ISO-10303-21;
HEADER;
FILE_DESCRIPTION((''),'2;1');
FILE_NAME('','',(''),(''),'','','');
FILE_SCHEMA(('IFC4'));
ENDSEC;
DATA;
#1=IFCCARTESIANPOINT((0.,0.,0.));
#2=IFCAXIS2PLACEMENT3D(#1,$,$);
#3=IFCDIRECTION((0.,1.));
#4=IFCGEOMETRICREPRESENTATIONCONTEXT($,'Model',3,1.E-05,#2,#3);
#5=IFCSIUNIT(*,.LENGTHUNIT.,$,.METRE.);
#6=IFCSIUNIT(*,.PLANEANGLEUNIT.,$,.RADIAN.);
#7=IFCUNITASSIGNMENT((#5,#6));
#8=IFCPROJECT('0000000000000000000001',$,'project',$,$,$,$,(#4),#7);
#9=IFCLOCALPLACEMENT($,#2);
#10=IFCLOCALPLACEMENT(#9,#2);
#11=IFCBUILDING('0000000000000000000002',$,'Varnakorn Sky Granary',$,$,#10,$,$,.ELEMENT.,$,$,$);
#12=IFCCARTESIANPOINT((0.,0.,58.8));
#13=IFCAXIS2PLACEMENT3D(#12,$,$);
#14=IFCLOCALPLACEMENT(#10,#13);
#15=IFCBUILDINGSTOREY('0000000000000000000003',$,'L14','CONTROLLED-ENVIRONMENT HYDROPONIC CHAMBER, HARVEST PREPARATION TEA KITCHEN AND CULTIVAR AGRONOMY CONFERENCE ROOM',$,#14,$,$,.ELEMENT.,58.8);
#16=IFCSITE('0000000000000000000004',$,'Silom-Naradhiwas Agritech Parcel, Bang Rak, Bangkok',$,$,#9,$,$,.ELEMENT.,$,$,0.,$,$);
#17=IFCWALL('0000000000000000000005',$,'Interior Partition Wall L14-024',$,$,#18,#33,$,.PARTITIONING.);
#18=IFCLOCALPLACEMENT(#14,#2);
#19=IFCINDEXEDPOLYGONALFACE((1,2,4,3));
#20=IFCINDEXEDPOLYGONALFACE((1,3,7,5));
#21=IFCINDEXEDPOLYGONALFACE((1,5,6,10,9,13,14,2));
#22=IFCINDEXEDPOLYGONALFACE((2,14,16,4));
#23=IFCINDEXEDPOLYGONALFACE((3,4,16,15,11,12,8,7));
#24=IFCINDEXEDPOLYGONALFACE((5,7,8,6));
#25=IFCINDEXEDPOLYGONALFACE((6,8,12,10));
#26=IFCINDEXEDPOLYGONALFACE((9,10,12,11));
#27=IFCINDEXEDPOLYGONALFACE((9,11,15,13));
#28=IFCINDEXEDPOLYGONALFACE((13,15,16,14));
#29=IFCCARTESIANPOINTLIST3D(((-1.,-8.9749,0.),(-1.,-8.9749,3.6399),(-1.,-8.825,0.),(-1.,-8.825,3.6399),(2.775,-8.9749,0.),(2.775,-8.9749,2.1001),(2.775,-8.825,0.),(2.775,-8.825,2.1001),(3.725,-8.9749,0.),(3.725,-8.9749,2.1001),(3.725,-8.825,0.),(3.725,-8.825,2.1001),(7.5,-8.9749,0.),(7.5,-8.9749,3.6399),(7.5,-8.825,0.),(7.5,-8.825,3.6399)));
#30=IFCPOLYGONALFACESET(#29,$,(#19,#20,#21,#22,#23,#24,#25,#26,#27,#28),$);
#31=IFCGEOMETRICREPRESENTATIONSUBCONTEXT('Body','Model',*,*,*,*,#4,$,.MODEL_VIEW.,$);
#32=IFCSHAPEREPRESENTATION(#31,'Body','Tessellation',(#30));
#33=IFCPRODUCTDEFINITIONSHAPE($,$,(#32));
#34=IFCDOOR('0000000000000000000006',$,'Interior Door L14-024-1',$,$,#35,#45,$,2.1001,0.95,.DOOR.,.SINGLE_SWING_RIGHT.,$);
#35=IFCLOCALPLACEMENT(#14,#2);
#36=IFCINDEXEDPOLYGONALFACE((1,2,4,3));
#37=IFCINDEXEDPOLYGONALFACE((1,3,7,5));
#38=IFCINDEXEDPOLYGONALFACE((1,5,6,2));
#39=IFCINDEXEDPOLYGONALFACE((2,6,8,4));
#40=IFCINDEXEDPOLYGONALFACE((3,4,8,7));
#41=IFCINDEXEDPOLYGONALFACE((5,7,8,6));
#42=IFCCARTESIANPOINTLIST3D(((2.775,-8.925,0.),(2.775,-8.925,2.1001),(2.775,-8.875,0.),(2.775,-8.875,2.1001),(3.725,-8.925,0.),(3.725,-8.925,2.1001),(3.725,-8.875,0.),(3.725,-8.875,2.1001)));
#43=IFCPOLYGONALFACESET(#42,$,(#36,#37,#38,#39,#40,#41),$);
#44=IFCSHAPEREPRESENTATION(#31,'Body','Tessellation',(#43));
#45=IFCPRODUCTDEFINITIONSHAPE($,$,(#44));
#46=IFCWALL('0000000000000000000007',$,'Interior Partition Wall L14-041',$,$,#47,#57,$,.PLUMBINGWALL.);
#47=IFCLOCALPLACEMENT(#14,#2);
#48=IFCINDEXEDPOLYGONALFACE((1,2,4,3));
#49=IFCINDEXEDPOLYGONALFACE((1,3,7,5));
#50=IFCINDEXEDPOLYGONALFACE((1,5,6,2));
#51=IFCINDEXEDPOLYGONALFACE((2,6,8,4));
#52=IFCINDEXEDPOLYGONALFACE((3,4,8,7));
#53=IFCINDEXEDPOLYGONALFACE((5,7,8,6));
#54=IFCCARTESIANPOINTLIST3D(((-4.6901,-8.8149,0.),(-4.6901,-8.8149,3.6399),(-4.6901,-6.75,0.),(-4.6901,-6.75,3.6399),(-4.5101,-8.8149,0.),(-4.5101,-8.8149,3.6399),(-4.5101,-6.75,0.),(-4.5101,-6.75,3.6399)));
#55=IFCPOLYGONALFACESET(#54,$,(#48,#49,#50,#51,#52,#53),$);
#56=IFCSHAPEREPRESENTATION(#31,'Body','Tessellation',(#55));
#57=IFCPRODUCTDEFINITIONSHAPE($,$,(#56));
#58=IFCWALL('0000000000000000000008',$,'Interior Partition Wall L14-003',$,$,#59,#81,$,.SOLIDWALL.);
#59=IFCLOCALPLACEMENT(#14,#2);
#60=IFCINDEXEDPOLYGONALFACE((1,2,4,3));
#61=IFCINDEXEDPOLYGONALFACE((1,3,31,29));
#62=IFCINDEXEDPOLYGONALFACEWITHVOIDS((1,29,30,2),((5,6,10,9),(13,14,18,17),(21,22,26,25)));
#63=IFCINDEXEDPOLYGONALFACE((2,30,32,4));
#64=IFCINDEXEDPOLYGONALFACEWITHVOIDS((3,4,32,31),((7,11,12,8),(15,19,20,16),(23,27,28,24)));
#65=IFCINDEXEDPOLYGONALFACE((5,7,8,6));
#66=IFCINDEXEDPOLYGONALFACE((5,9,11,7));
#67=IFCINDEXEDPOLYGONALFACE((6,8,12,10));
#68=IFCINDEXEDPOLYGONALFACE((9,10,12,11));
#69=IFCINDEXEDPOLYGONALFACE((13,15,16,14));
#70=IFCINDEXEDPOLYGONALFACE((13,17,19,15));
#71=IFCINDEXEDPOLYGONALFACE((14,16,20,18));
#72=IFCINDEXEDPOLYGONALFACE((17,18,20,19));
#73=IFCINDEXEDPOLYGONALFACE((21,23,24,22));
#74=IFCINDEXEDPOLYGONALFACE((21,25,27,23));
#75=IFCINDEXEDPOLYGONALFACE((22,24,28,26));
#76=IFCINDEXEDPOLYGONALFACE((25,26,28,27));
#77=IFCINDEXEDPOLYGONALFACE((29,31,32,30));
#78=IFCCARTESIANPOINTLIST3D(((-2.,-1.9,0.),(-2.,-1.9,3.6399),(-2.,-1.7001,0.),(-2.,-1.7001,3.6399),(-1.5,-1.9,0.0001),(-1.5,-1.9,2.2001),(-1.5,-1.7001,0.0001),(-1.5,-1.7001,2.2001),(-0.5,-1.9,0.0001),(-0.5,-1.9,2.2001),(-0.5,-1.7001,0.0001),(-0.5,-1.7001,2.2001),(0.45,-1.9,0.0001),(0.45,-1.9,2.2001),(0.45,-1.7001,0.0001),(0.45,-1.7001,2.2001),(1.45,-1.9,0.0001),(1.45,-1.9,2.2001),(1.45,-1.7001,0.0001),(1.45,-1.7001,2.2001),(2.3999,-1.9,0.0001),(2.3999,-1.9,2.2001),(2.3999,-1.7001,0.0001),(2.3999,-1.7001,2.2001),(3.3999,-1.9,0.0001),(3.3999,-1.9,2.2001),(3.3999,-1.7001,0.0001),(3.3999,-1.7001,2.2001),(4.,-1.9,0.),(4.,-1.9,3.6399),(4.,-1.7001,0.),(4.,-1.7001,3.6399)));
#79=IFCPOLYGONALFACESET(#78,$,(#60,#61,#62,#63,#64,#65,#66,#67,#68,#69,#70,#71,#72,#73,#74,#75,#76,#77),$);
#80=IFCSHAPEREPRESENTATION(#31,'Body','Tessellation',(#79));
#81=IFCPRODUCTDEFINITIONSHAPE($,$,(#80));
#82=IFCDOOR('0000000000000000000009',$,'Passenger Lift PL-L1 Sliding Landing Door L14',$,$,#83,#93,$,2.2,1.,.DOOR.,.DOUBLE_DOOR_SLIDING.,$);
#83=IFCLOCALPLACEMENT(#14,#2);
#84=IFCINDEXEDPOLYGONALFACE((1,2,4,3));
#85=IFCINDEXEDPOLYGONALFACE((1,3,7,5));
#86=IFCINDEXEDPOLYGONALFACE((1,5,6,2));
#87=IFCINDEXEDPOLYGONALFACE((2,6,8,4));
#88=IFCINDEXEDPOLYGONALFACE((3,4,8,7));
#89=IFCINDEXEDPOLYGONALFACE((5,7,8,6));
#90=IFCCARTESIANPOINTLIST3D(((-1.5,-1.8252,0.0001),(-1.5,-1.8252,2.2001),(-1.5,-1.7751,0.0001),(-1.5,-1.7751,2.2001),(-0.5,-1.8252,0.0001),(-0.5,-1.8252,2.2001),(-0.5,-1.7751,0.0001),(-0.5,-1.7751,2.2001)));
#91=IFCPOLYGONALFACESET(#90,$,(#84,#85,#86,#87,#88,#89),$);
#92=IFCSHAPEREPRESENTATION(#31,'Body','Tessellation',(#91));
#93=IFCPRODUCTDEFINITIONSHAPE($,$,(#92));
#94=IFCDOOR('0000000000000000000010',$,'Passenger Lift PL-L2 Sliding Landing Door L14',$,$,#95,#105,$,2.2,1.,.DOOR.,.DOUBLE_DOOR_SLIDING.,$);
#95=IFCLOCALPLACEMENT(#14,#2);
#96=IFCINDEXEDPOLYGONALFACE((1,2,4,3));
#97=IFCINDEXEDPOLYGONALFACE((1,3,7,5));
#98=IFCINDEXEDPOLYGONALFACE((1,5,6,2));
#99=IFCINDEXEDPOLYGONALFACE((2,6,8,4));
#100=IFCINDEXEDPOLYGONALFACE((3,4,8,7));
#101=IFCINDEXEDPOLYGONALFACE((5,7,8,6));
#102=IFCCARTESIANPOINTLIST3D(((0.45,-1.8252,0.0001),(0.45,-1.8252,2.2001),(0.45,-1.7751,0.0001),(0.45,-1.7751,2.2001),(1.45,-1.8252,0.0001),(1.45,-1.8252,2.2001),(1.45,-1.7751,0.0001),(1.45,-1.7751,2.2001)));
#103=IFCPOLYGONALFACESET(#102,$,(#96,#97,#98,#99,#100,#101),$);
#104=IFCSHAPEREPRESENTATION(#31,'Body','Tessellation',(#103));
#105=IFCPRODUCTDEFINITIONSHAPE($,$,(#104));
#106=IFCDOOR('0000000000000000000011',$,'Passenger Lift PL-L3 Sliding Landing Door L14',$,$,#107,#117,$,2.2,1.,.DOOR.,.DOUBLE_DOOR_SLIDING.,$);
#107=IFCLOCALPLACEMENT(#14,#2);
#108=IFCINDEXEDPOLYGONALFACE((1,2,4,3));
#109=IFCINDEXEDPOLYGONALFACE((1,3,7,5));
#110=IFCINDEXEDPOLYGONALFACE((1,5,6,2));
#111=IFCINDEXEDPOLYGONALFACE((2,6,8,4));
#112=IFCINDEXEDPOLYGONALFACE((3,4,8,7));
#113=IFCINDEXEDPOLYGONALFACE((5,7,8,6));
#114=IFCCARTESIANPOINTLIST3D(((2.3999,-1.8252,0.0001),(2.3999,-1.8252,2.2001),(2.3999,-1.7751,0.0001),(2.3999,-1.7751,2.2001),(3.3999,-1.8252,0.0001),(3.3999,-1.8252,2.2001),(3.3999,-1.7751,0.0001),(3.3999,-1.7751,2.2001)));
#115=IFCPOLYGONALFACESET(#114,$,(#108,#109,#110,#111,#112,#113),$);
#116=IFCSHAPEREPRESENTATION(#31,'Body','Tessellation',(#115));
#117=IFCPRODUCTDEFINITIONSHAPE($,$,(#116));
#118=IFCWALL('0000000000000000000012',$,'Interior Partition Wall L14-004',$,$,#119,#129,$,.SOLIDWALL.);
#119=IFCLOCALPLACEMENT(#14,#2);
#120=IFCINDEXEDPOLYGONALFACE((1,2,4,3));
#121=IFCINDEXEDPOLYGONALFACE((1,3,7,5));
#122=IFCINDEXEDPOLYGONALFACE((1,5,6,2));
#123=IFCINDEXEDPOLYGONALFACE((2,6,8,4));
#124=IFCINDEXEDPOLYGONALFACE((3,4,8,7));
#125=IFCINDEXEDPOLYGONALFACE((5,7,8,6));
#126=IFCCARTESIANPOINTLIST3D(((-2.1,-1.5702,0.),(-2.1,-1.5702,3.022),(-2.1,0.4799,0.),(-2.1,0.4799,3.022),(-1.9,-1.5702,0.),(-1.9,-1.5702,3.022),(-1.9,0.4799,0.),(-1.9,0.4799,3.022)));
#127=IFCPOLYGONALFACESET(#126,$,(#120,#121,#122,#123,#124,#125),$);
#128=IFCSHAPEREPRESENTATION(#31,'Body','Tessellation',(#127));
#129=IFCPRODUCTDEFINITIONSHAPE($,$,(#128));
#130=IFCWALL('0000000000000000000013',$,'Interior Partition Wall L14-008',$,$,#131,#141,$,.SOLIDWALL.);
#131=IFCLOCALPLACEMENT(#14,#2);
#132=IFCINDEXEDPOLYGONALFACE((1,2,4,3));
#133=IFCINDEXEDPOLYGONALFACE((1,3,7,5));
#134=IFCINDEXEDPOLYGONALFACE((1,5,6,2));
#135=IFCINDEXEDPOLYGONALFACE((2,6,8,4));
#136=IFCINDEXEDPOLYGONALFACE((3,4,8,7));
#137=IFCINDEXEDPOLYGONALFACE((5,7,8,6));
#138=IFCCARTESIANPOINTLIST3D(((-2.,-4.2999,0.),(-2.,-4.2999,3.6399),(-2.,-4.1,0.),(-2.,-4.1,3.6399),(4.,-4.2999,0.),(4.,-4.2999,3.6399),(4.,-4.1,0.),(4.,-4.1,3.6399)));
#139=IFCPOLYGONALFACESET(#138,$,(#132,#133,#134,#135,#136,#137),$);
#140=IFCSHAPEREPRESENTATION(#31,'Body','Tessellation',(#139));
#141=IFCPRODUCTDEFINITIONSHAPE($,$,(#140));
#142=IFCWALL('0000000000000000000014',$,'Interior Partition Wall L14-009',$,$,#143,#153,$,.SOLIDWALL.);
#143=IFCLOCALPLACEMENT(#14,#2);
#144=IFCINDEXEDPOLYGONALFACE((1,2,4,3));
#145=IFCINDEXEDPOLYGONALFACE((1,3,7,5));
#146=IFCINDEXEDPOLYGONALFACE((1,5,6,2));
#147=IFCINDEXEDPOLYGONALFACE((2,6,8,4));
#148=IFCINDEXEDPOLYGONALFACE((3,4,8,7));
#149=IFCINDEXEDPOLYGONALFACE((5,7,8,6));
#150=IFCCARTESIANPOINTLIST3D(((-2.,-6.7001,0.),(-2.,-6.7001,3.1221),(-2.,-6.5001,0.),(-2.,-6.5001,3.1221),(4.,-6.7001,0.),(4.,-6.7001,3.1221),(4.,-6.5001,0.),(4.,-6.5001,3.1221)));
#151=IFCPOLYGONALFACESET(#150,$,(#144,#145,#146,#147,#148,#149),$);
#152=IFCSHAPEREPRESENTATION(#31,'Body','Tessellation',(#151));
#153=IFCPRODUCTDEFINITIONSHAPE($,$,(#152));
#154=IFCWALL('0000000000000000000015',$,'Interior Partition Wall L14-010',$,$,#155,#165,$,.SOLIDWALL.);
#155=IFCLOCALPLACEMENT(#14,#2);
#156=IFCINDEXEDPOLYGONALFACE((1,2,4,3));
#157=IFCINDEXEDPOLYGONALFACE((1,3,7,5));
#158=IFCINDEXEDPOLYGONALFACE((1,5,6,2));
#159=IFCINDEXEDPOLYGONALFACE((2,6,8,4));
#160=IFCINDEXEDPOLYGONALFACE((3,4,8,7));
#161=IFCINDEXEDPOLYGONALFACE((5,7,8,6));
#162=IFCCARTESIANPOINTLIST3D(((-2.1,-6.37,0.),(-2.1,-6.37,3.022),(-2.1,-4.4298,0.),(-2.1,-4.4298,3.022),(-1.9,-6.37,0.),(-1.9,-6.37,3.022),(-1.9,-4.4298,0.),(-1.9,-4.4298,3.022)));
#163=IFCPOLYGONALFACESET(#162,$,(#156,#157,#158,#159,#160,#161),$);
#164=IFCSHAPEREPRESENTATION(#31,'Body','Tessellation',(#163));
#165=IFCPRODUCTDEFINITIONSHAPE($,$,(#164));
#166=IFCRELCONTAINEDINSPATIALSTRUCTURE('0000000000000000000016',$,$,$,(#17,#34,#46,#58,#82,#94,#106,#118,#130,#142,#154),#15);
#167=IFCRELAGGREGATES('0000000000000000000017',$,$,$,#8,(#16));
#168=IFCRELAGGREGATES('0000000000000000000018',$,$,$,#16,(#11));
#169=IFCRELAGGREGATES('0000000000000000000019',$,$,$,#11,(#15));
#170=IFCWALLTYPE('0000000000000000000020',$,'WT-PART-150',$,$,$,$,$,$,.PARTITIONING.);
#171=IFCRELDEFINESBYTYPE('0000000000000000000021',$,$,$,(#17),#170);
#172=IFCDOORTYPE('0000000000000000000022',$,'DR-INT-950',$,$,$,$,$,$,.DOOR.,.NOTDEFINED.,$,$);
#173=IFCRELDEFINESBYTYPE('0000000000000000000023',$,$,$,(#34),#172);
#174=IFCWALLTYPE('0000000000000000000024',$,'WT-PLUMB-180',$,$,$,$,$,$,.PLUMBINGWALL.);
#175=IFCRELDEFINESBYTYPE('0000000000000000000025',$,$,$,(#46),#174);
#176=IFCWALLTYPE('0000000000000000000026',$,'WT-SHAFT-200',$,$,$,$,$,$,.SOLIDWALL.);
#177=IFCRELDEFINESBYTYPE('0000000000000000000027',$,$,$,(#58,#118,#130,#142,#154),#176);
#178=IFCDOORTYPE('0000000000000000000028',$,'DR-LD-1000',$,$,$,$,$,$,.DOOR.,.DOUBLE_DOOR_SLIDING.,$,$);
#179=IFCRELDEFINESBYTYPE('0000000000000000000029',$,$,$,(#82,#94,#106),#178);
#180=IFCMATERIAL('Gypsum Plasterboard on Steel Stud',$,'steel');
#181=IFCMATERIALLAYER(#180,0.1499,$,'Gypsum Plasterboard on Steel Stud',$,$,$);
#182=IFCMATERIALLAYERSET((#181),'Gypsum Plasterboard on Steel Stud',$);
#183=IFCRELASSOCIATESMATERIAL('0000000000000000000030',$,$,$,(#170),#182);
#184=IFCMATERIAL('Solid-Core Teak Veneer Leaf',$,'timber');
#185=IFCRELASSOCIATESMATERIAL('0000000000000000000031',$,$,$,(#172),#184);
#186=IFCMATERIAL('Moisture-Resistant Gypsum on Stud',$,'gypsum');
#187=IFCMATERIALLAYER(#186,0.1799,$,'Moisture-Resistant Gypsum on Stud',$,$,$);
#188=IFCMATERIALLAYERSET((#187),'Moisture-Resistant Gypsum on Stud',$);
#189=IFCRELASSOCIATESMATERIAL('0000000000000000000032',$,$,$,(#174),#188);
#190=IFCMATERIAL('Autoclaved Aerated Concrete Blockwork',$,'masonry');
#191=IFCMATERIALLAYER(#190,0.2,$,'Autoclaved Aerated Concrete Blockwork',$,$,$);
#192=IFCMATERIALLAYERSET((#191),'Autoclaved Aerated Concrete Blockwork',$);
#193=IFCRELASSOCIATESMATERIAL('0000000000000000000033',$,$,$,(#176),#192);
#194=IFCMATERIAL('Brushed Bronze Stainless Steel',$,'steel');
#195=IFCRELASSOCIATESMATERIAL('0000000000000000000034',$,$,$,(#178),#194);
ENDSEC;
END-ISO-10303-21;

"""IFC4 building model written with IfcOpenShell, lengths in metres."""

from ifc_helpers import new_model, si_unit, direction, frame, frame_2d, origin, place, context, subcontext, project, spatial, rectangle, extrude, material, layer, layer_set, type_object, element, fill, save


model = new_model("IFC4")

# Units and contexts
model_context = context("Model", 3, precision=1e-05, world=origin(), true_north=direction((0.0, 1.0)))
body_context = subcontext(model_context, "Body", "Model", "MODEL_VIEW")
ifc_project = project(units=[si_unit("LENGTHUNIT", "METRE"), si_unit("PLANEANGLEUNIT", "RADIAN")], contexts=[model_context])

# Site, building, storey
site_placement = place(None, origin())
site = spatial("IfcSite", under=ifc_project, at=site_placement, Name="Silom-Naradhiwas Agritech Parcel, Bang Rak, Bangkok", CompositionType="ELEMENT", RefElevation=0.0)
building_placement = place(site_placement, origin())
building = spatial("IfcBuilding", under=site, at=building_placement, Name="Varnakorn Sky Granary", CompositionType="ELEMENT")
storey_placement = place(building_placement, frame((0.0, 0.0, 58.8)))
storey = spatial("IfcBuildingStorey", under=building, at=storey_placement, Name="L14", Description="CONTROLLED-ENVIRONMENT HYDROPONIC CHAMBER, HARVEST PREPARATION TEA KITCHEN AND CULTIVAR AGRONOMY CONFERENCE ROOM", CompositionType="ELEMENT", Elevation=58.8)

# Wall, opening, door
ifc_material_1 = material(Name="Autoclaved Aerated Concrete Blockwork", Category="masonry")
ifc_material_2 = material(Name="Gypsum Plasterboard on Steel Stud", Category="steel")
ifc_layer_1 = layer(ifc_material_2, 0.1499, Name="Gypsum Plasterboard on Steel Stud")
ifc_layer_set_1 = layer_set([ifc_layer_1], Name="Gypsum Plasterboard on Steel Stud")
wall_type_1 = type_object("IfcWallType", Name="WT-PART-150", PredefinedType="PARTITIONING", material=ifc_layer_set_1)
wall_1_placement = place(storey_placement, frame((-1.0, -8.8999, 0.0), z_axis=(0.0, 0.0, 1.0), x_axis=(1.0, 0.0, 0.0)))
wall_1 = element("IfcWall", 1, at=wall_1_placement, inside=storey, type_object=wall_type_1, Name="Interior Partition Wall L14-024", PredefinedType="PARTITIONING", context=body_context, shape_type="SweptSolid", body=[
    extrude(rectangle(XDim=8.5, YDim=0.1499, at=frame_2d((4.25, 0.0))), origin(), (0.0, 0.0, 1.0), 3.6399),
])
opening_1_placement = place(wall_1_placement, frame((3.7749, 0.0, 0.0)))
opening_1 = element("IfcOpeningElement", 2, at=opening_1_placement, cuts=wall_1, PredefinedType="OPENING", context=body_context, shape_type="SweptSolid", body=[
    extrude(rectangle(XDim=0.95, YDim=2.1001, at=frame_2d((0.4751, 1.05))), frame((0.0, 0.085, 0.0), z_axis=(0.0, -1.0, 0.0), x_axis=(1.0, 0.0, 0.0)), (0.0, 0.0, 1.0), 0.1699),
])
ifc_material_3 = material(Name="Solid-Core Teak Veneer Leaf", Category="timber")
door_type_1 = type_object("IfcDoorType", Name="DR-INT-950", OperationType="NOTDEFINED", PredefinedType="DOOR", material=ifc_material_3)
door_1_placement = place(opening_1_placement, origin())
door_1 = element("IfcDoor", 3, at=door_1_placement, inside=storey, type_object=door_type_1, Name="Interior Door L14-024-1", OperationType="SINGLE_SWING_RIGHT", OverallHeight=2.1001, OverallWidth=0.95, PredefinedType="DOOR", context=body_context, shape_type="SweptSolid", body=[
    extrude(rectangle(XDim=0.95, YDim=2.1001, at=frame_2d((0.4751, 1.05))), frame((0.0, 0.0249, 0.0), z_axis=(0.0, -1.0, 0.0), x_axis=(1.0, 0.0, 0.0)), (0.0, 0.0, 1.0), 0.05),
])
fill(opening_1, door_1)

# Wall
ifc_material_4 = material(Name="Moisture-Resistant Gypsum on Stud", Category="gypsum")
ifc_layer_2 = layer(ifc_material_4, 0.1799, Name="Moisture-Resistant Gypsum on Stud")
ifc_layer_set_2 = layer_set([ifc_layer_2], Name="Moisture-Resistant Gypsum on Stud")
wall_type_2 = type_object("IfcWallType", Name="WT-PLUMB-180", PredefinedType="PLUMBINGWALL", material=ifc_layer_set_2)
wall_2_placement = place(storey_placement, frame((-4.6001, -6.75, 0.0), z_axis=(0.0, 0.0, 1.0), x_axis=(0.0, -1.0, 0.0)))
element("IfcWall", 4, at=wall_2_placement, inside=storey, type_object=wall_type_2, Name="Interior Partition Wall L14-041", PredefinedType="PLUMBINGWALL", context=body_context, shape_type="SweptSolid", body=[
    extrude(rectangle(XDim=2.0649, YDim=0.1799, at=frame_2d((1.0325, 0.0))), origin(), (0.0, 0.0, 1.0), 3.6399),
])

# Wall, openings, doors
ifc_layer_3 = layer(ifc_material_1, 0.2, Name="Autoclaved Aerated Concrete Blockwork")
ifc_layer_set_3 = layer_set([ifc_layer_3], Name="Autoclaved Aerated Concrete Blockwork")
wall_type_3 = type_object("IfcWallType", Name="WT-SHAFT-200", PredefinedType="SOLIDWALL", material=ifc_layer_set_3)
wall_3_placement = place(storey_placement, frame((-2.0, -1.8, 0.0), z_axis=(0.0, 0.0, 1.0), x_axis=(1.0, 0.0, 0.0)))
wall_3 = element("IfcWall", 5, at=wall_3_placement, inside=storey, type_object=wall_type_3, Name="Interior Partition Wall L14-003", PredefinedType="SOLIDWALL", context=body_context, shape_type="SweptSolid", body=[
    extrude(rectangle(XDim=6.0, YDim=0.2, at=frame_2d((3.0, 0.0))), origin(), (0.0, 0.0, 1.0), 3.6399),
])
opening_2_placement = place(wall_3_placement, frame((0.5, 0.0, 0.0)))
opening_2 = element("IfcOpeningElement", 6, at=opening_2_placement, cuts=wall_3, PredefinedType="OPENING", context=body_context, shape_type="SweptSolid", body=[
    extrude(rectangle(XDim=1.0, YDim=2.2, at=frame_2d((0.5, 1.1001))), frame((0.0, 0.1099, 0.0), z_axis=(0.0, -1.0, 0.0), x_axis=(1.0, 0.0, 0.0)), (0.0, 0.0, 1.0), 0.22),
])
opening_3_placement = place(wall_3_placement, frame((2.45, 0.0, 0.0)))
opening_3 = element("IfcOpeningElement", 7, at=opening_3_placement, cuts=wall_3, PredefinedType="OPENING", context=body_context, shape_type="SweptSolid", body=[
    extrude(rectangle(XDim=1.0, YDim=2.2, at=frame_2d((0.5, 1.1001))), frame((0.0, 0.1099, 0.0), z_axis=(0.0, -1.0, 0.0), x_axis=(1.0, 0.0, 0.0)), (0.0, 0.0, 1.0), 0.22),
])
opening_4_placement = place(wall_3_placement, frame((4.3999, 0.0, 0.0)))
opening_4 = element("IfcOpeningElement", 8, at=opening_4_placement, cuts=wall_3, PredefinedType="OPENING", context=body_context, shape_type="SweptSolid", body=[
    extrude(rectangle(XDim=1.0, YDim=2.2, at=frame_2d((0.5, 1.1001))), frame((0.0, 0.1099, 0.0), z_axis=(0.0, -1.0, 0.0), x_axis=(1.0, 0.0, 0.0)), (0.0, 0.0, 1.0), 0.22),
])
ifc_material_5 = material(Name="Brushed Bronze Stainless Steel", Category="steel")
door_type_2 = type_object("IfcDoorType", Name="DR-LD-1000", OperationType="DOUBLE_DOOR_SLIDING", PredefinedType="DOOR", material=ifc_material_5)
door_2_placement = place(opening_2_placement, origin())
door_2 = element("IfcDoor", 9, at=door_2_placement, inside=storey, type_object=door_type_2, Name="Passenger Lift PL-L1 Sliding Landing Door L14", OperationType="DOUBLE_DOOR_SLIDING", OverallHeight=2.2, OverallWidth=1.0, PredefinedType="DOOR", context=body_context, shape_type="SweptSolid", body=[
    extrude(rectangle(XDim=1.0, YDim=2.2, at=frame_2d((0.5, 1.1001))), frame((0.0, 0.0249, 0.0), z_axis=(0.0, -1.0, 0.0), x_axis=(1.0, 0.0, 0.0)), (0.0, 0.0, 1.0), 0.05),
])
fill(opening_2, door_2)
door_3_placement = place(opening_3_placement, origin())
door_3 = element("IfcDoor", 10, at=door_3_placement, inside=storey, type_object=door_type_2, Name="Passenger Lift PL-L2 Sliding Landing Door L14", OperationType="DOUBLE_DOOR_SLIDING", OverallHeight=2.2, OverallWidth=1.0, PredefinedType="DOOR", context=body_context, shape_type="SweptSolid", body=[
    extrude(rectangle(XDim=1.0, YDim=2.2, at=frame_2d((0.5, 1.1001))), frame((0.0, 0.0249, 0.0), z_axis=(0.0, -1.0, 0.0), x_axis=(1.0, 0.0, 0.0)), (0.0, 0.0, 1.0), 0.05),
])
fill(opening_3, door_3)
door_4_placement = place(opening_4_placement, origin())
door_4 = element("IfcDoor", 11, at=door_4_placement, inside=storey, type_object=door_type_2, Name="Passenger Lift PL-L3 Sliding Landing Door L14", OperationType="DOUBLE_DOOR_SLIDING", OverallHeight=2.2, OverallWidth=1.0, PredefinedType="DOOR", context=body_context, shape_type="SweptSolid", body=[
    extrude(rectangle(XDim=1.0, YDim=2.2, at=frame_2d((0.5, 1.1001))), frame((0.0, 0.0249, 0.0), z_axis=(0.0, -1.0, 0.0), x_axis=(1.0, 0.0, 0.0)), (0.0, 0.0, 1.0), 0.05),
])
fill(opening_4, door_4)

# Walls
wall_4_placement = place(storey_placement, frame((-2.0, -1.5701, 0.0), z_axis=(0.0, 0.0, 1.0), x_axis=(0.0, 1.0, 0.0)))
element("IfcWall", 12, at=wall_4_placement, inside=storey, type_object=wall_type_3, Name="Interior Partition Wall L14-004", PredefinedType="SOLIDWALL", context=body_context, shape_type="SweptSolid", body=[
    extrude(rectangle(XDim=2.05, YDim=0.2, at=frame_2d((1.0249, 0.0))), origin(), (0.0, 0.0, 1.0), 3.022),
])
wall_5_placement = place(storey_placement, frame((-2.0, -4.2, 0.0), z_axis=(0.0, 0.0, 1.0), x_axis=(1.0, 0.0, 0.0)))
element("IfcWall", 13, at=wall_5_placement, inside=storey, type_object=wall_type_3, Name="Interior Partition Wall L14-008", PredefinedType="SOLIDWALL", context=body_context, shape_type="SweptSolid", body=[
    extrude(rectangle(XDim=6.0, YDim=0.2, at=frame_2d((3.0, 0.0))), origin(), (0.0, 0.0, 1.0), 3.6399),
])
wall_6_placement = place(storey_placement, frame((-2.0, -6.6001, 0.0), z_axis=(0.0, 0.0, 1.0), x_axis=(1.0, 0.0, 0.0)))
element("IfcWall", 14, at=wall_6_placement, inside=storey, type_object=wall_type_3, Name="Interior Partition Wall L14-009", PredefinedType="SOLIDWALL", context=body_context, shape_type="SweptSolid", body=[
    extrude(rectangle(XDim=6.0, YDim=0.2, at=frame_2d((3.0, 0.0))), origin(), (0.0, 0.0, 1.0), 3.1221),
])
wall_7_placement = place(storey_placement, frame((-2.0, -6.3701, 0.0), z_axis=(0.0, 0.0, 1.0), x_axis=(0.0, 1.0, 0.0)))
element("IfcWall", 15, at=wall_7_placement, inside=storey, type_object=wall_type_3, Name="Interior Partition Wall L14-010", PredefinedType="SOLIDWALL", context=body_context, shape_type="SweptSolid", body=[
    extrude(rectangle(XDim=1.9402, YDim=0.2, at=frame_2d((0.9702, 0.0))), origin(), (0.0, 0.0, 1.0), 3.022),
])

save(model, "model.ifc")
